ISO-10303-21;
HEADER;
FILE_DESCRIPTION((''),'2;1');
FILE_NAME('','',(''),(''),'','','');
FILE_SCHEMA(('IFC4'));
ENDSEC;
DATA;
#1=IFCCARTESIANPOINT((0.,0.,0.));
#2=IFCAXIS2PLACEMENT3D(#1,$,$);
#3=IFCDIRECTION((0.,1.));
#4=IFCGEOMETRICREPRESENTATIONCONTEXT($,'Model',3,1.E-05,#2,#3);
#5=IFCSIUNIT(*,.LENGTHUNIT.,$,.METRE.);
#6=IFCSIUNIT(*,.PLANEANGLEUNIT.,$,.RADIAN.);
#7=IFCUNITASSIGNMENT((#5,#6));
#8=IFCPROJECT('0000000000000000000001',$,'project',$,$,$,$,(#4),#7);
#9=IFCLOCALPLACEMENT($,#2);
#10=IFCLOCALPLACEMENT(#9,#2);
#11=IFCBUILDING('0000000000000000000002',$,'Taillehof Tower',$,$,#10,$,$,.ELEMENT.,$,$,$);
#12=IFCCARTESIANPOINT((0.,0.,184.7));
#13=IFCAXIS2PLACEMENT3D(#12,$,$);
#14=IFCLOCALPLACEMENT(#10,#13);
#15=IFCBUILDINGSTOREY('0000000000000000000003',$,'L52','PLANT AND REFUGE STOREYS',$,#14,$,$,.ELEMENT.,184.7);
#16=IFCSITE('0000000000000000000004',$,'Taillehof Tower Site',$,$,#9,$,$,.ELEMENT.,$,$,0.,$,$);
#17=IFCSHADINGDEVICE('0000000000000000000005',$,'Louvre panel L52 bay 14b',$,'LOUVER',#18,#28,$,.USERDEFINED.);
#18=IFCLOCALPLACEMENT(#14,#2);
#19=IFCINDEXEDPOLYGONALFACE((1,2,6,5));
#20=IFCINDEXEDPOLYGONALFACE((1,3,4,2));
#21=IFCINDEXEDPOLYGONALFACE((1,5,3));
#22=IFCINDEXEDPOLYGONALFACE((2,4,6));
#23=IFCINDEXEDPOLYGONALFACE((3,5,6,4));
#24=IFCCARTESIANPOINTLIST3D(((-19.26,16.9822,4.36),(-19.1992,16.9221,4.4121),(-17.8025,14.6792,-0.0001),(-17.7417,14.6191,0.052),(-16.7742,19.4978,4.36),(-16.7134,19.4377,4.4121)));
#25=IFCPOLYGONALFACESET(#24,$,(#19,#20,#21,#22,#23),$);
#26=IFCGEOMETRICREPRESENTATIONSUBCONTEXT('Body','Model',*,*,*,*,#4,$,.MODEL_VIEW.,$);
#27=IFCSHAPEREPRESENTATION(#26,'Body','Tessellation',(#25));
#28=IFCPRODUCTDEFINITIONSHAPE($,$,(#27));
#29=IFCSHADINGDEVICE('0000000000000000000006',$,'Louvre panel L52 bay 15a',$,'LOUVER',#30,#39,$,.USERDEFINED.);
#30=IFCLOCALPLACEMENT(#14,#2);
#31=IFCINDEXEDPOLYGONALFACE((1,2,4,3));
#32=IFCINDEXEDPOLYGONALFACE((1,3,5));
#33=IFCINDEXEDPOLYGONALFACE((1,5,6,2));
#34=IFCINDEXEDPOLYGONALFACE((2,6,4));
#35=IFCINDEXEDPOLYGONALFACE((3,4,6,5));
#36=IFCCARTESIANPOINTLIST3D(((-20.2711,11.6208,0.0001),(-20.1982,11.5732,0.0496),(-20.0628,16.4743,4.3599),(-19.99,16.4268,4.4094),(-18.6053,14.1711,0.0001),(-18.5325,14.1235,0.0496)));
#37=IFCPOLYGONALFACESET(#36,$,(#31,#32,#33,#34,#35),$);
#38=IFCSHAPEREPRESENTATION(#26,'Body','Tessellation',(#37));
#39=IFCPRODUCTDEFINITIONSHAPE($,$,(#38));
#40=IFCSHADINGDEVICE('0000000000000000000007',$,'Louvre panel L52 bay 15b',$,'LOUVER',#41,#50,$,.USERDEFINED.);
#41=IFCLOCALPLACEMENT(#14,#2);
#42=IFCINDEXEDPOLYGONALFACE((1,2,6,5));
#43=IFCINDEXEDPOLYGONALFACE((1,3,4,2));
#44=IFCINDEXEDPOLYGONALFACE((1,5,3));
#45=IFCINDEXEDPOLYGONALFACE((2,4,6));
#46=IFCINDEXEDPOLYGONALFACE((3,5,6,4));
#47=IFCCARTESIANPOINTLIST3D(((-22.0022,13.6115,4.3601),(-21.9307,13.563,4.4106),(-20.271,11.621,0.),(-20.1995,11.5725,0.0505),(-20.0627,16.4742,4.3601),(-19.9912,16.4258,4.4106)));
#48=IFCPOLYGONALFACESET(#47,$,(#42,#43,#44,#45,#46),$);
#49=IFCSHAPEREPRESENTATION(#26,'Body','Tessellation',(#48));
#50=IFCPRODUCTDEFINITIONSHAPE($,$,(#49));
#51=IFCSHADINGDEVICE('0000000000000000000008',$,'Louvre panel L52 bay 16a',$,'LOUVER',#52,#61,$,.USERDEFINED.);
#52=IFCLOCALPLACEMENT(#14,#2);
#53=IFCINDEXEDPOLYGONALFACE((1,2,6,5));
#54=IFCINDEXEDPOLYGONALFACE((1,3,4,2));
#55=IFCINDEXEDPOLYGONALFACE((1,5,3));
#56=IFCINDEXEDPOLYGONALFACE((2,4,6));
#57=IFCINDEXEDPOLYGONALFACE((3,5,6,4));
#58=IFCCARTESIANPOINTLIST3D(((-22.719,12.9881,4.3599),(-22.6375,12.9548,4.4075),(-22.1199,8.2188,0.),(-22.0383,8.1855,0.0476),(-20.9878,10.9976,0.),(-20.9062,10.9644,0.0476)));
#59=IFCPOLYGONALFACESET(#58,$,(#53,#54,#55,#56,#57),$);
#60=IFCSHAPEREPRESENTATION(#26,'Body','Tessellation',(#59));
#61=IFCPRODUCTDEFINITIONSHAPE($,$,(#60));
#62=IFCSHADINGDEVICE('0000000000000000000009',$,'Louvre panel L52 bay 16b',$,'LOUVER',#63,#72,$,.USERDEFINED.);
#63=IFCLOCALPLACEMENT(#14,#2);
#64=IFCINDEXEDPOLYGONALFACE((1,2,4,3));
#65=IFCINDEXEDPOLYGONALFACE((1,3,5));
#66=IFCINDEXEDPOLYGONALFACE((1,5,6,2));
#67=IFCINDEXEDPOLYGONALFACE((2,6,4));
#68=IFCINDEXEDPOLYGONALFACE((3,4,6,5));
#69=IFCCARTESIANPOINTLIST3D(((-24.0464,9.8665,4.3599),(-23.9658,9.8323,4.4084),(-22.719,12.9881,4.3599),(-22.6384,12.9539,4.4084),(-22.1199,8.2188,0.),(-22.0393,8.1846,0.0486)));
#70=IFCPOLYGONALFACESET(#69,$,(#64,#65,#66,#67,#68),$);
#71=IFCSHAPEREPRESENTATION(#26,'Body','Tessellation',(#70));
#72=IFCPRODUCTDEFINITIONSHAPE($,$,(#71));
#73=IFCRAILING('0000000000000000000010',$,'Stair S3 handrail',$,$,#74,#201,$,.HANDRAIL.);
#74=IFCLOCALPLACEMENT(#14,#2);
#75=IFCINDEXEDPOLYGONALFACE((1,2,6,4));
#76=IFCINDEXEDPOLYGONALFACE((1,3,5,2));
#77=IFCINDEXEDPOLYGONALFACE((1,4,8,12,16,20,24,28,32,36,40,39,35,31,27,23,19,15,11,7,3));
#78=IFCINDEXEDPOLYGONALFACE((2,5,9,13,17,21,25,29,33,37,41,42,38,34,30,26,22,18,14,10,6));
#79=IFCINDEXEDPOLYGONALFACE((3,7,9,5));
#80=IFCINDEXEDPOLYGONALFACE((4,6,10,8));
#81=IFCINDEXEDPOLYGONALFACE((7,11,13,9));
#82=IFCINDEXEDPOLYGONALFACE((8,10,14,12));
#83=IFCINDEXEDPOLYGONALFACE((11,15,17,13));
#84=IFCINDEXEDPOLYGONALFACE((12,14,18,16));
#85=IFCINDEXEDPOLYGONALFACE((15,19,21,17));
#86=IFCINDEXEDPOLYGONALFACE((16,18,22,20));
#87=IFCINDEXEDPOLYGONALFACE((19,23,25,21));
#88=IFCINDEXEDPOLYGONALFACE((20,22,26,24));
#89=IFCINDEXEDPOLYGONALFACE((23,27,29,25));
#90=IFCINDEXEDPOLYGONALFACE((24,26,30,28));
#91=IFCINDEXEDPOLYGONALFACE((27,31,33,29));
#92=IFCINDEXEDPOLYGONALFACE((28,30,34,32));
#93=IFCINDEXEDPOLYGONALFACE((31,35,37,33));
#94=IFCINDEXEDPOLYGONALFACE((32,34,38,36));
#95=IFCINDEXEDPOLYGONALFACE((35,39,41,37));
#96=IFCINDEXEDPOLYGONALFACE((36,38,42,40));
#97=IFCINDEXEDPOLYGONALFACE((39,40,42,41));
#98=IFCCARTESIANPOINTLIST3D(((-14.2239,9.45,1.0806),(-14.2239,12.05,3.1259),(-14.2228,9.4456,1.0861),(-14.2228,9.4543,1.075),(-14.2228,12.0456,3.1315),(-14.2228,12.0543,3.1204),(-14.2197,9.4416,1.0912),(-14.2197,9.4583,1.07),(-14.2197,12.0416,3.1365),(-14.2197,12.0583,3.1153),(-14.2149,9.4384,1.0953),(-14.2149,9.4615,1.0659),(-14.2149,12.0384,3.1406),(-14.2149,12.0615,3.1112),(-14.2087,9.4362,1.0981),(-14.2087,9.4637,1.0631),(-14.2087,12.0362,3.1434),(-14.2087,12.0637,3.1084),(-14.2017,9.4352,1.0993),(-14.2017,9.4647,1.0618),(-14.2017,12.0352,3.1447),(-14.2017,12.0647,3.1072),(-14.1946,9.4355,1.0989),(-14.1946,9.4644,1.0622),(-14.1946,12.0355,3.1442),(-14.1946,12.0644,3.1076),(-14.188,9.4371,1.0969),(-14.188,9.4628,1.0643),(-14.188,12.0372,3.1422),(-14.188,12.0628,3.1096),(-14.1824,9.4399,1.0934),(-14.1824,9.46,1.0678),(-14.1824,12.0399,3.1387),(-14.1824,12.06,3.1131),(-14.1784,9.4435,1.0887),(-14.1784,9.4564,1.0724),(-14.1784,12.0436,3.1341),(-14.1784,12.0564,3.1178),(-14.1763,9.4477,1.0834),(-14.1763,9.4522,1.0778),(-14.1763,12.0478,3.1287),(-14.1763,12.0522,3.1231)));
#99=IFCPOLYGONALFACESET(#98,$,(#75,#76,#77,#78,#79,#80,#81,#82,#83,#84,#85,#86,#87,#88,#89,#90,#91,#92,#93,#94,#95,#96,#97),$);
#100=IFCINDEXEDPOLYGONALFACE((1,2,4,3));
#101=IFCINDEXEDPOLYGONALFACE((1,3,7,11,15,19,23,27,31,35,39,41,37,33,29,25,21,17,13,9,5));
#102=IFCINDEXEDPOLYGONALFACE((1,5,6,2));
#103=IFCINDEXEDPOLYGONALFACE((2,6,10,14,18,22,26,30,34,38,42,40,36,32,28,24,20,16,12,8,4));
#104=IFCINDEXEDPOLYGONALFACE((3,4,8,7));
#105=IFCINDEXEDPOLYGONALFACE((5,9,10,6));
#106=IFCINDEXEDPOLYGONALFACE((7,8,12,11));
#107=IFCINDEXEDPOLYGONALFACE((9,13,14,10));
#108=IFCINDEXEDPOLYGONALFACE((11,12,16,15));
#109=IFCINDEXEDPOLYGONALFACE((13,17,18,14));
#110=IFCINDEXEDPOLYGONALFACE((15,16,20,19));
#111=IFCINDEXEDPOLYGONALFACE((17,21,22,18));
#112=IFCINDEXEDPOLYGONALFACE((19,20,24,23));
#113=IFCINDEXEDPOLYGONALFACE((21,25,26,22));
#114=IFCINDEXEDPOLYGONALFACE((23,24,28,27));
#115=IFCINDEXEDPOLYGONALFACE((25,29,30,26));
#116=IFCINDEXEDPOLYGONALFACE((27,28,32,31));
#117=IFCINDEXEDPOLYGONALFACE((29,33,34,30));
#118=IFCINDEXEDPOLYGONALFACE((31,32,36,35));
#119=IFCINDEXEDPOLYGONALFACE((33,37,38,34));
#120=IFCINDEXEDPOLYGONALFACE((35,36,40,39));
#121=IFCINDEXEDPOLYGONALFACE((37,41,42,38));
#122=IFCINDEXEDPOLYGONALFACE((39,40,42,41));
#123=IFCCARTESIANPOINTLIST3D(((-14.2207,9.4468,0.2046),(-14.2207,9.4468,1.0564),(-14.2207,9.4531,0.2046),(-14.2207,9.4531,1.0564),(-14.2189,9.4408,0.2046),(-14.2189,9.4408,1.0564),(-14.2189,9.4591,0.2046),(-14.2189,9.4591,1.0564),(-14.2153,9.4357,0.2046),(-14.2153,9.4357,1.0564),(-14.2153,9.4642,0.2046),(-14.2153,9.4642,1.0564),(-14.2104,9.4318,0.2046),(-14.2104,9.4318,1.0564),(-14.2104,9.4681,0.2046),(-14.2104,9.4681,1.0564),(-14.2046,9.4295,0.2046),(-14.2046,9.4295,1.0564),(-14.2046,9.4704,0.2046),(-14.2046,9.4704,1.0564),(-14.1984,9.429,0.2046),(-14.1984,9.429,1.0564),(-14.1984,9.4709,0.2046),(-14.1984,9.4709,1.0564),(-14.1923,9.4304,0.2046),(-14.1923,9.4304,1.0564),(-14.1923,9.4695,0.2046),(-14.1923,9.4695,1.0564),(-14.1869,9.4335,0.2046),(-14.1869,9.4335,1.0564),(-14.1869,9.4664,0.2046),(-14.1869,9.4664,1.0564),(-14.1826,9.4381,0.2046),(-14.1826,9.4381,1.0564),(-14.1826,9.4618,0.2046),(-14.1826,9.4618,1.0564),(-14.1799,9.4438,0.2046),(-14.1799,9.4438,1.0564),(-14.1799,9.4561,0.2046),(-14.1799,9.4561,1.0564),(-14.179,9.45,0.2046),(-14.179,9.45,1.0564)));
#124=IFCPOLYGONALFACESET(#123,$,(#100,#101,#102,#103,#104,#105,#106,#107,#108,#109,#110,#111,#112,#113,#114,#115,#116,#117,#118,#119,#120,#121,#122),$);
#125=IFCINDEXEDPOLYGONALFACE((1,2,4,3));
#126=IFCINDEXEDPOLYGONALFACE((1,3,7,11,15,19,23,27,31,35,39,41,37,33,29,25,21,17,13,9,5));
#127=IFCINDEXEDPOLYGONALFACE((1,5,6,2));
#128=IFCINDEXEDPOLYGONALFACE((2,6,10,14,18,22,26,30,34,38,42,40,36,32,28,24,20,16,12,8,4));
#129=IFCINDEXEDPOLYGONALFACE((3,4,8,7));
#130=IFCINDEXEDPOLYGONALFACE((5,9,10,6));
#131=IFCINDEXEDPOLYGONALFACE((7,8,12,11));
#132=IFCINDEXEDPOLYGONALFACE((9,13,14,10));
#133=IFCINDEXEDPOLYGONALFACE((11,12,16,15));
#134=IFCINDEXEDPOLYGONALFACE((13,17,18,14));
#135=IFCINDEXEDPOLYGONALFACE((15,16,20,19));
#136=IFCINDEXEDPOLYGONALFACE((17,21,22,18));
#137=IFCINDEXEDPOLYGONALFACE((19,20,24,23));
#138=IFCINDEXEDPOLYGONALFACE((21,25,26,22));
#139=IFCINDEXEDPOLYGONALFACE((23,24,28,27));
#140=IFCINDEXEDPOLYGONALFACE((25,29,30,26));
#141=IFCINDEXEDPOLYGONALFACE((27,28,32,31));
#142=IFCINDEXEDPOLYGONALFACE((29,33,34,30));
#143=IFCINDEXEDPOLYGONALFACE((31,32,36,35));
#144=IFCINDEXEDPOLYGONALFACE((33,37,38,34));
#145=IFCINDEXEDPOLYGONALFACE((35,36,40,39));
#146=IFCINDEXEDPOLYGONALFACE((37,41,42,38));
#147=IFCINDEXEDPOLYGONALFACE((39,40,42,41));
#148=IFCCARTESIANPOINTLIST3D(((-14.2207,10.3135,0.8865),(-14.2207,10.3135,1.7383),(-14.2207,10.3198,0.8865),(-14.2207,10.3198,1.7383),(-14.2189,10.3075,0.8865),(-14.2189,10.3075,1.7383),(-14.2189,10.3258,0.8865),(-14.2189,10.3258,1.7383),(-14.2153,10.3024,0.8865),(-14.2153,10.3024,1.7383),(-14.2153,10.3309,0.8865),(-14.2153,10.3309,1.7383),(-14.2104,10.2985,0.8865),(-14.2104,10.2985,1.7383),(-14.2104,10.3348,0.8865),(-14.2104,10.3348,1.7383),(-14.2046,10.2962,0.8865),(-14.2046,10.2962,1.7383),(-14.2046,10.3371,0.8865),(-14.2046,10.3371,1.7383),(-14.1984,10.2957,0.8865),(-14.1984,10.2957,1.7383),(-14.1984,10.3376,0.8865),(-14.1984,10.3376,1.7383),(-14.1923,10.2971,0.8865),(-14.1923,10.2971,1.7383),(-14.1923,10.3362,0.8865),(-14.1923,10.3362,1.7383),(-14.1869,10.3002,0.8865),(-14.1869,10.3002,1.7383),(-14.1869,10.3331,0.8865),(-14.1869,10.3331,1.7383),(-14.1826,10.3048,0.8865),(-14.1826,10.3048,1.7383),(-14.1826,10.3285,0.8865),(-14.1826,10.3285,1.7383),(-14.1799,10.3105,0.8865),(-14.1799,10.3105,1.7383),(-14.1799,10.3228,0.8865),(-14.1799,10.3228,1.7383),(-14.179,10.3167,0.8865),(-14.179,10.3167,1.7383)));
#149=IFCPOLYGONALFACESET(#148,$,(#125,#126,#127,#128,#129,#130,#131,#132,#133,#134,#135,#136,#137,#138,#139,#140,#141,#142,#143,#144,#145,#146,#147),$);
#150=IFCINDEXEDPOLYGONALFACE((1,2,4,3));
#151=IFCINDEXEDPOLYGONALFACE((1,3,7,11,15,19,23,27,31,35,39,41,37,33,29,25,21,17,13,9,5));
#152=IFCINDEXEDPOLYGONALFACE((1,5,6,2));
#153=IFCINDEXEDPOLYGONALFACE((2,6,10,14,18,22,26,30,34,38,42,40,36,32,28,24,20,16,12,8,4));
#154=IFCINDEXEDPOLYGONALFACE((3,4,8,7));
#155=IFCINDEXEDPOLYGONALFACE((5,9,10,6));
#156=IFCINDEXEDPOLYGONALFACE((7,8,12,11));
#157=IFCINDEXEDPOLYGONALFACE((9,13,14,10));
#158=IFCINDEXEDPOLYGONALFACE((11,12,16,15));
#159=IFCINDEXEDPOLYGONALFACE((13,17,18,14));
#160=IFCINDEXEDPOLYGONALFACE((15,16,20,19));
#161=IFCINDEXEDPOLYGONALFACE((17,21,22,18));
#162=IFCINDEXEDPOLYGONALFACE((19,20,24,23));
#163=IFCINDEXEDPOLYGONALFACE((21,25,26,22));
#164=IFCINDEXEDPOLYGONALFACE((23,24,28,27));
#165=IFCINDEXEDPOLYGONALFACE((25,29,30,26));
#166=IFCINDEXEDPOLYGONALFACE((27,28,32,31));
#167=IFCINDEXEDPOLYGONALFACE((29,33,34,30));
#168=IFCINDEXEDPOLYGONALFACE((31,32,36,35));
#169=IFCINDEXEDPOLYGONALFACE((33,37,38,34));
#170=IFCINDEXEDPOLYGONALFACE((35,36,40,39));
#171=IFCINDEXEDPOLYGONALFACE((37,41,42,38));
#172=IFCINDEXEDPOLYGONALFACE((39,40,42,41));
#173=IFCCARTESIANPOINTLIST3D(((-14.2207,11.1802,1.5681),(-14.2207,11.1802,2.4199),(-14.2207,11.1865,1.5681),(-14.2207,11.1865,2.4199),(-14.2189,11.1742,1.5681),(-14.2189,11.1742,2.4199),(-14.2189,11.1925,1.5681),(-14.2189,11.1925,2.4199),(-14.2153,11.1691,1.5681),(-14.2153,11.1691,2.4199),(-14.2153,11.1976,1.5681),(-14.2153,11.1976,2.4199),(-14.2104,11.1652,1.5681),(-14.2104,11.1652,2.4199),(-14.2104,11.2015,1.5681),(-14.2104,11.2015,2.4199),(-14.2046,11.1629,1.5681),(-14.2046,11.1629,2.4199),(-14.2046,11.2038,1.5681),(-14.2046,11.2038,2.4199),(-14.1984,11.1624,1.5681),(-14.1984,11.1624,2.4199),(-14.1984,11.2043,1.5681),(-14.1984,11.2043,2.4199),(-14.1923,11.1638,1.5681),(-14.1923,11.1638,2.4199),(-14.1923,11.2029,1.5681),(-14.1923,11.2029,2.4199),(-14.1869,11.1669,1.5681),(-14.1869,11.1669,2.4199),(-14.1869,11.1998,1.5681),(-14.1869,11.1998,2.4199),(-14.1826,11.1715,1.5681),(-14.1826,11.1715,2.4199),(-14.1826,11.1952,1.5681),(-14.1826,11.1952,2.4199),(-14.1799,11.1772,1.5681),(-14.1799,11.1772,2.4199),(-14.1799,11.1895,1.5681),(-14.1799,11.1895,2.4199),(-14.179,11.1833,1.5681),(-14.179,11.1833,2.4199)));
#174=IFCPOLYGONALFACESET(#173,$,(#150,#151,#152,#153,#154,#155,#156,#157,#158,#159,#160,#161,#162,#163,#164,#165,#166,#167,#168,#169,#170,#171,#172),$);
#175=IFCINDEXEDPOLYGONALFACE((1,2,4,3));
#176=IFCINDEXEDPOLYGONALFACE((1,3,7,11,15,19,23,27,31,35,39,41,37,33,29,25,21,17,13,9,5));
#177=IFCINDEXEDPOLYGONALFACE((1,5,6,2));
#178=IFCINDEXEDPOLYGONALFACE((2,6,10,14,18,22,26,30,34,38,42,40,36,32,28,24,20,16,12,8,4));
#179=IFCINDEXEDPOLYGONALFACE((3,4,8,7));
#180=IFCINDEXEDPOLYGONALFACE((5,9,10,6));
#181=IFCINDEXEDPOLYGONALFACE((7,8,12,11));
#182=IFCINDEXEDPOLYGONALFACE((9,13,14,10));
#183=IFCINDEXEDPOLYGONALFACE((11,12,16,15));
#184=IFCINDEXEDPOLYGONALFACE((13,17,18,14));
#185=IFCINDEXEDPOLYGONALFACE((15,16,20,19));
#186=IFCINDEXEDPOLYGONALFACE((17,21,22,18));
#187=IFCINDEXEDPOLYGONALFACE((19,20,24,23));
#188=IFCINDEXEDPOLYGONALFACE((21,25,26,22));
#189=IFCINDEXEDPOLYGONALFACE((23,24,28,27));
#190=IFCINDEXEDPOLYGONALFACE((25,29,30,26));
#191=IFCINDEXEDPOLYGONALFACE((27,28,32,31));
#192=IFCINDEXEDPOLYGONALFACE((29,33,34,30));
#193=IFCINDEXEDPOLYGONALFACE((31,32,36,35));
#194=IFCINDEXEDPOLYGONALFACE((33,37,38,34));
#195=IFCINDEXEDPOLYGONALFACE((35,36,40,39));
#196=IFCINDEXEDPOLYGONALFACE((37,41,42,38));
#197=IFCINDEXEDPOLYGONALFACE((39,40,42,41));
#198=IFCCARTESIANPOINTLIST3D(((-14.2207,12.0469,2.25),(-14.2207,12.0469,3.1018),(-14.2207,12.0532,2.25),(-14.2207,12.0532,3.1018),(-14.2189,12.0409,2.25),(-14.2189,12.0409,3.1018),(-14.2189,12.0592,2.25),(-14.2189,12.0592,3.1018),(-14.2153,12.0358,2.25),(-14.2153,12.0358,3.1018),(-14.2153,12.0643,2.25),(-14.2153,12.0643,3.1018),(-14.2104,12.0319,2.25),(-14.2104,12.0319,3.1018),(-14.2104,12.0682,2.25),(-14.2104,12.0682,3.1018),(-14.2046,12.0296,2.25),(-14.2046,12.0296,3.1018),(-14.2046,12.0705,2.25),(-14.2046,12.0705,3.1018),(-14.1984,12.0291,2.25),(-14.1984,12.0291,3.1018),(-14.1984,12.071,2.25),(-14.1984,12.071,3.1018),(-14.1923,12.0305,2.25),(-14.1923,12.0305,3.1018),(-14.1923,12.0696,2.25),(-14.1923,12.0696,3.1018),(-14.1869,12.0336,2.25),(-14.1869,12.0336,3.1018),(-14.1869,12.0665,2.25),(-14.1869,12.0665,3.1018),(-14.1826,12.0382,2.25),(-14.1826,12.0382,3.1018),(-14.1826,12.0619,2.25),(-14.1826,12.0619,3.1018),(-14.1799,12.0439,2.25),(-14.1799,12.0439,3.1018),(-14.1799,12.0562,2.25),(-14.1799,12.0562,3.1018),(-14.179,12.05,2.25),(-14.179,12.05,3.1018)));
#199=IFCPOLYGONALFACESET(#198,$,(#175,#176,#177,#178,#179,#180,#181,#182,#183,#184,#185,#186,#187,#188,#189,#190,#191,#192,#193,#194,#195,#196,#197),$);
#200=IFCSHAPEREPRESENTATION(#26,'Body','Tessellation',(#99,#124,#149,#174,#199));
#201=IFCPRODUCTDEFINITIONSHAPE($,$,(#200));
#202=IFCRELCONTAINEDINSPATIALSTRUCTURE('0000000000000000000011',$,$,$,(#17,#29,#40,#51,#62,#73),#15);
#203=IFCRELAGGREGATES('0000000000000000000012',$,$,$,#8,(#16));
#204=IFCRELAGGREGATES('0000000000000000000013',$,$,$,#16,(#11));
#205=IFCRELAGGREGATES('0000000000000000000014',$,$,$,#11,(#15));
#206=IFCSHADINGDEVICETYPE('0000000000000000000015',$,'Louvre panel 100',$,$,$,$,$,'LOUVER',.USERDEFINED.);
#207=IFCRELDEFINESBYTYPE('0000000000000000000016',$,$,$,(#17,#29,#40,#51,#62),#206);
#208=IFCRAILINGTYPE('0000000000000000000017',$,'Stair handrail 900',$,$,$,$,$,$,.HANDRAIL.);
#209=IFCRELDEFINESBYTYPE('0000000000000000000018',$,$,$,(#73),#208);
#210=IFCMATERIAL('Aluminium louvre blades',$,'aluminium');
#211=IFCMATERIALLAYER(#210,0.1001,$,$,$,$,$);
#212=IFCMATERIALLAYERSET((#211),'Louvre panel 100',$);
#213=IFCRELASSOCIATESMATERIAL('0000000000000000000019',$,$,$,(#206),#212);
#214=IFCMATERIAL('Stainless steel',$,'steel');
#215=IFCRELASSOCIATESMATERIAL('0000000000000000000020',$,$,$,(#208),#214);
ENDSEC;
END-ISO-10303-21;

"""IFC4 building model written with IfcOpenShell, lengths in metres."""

from ifc_helpers import new_model, si_unit, direction, frame, origin, origin_2d, place, context, subcontext, project, spatial, polyline, circle, outline, extrude, material, layer, layer_set, type_object, element, save


model = new_model("IFC4")

# Units and contexts
model_context = context("Model", 3, precision=1e-05, world=origin(), true_north=direction((0.0, 1.0)))
body_context = subcontext(model_context, "Body", "Model", "MODEL_VIEW")
ifc_project = project(units=[si_unit("LENGTHUNIT", "METRE"), si_unit("PLANEANGLEUNIT", "RADIAN")], contexts=[model_context])

# Site, building, storey
site_placement = place(None, origin())
site = spatial("IfcSite", under=ifc_project, at=site_placement, Name="Taillehof Tower Site", CompositionType="ELEMENT", RefElevation=0.0)
building_placement = place(site_placement, origin())
building = spatial("IfcBuilding", under=site, at=building_placement, Name="Taillehof Tower", CompositionType="ELEMENT")
storey_placement = place(building_placement, frame((0.0, 0.0, 184.7)))
storey = spatial("IfcBuildingStorey", under=building, at=storey_placement, Name="L52", Description="PLANT AND REFUGE STOREYS", CompositionType="ELEMENT", Elevation=184.7)

# Shading devices
ifc_material_1 = material(Name="Aluminium louvre blades", Category="aluminium")
ifc_layer_1 = layer(ifc_material_1, 0.1001)
ifc_layer_set_1 = layer_set([ifc_layer_1], Name="Louvre panel 100")
shading_device_type = type_object("IfcShadingDeviceType", Name="Louvre panel 100", ElementType="LOUVER", PredefinedType="USERDEFINED", material=ifc_layer_set_1)
shading_device_1_placement = place(storey_placement, frame((-17.7417, 14.6191, 0.052), z_axis=(0.607504, -0.600311, 0.52016), x_axis=(-0.283462, 0.447889, 0.847965)))
element("IfcShadingDevice", 1, at=shading_device_1_placement, inside=storey, type_object=shading_device_type, Name="Louvre panel L52 bay 14b", ObjectType="LOUVER", PredefinedType="USERDEFINED", context=body_context, shape_type="SweptSolid", body=[
    extrude(outline(polyline([(0.0, 0.0), (5.1418, 0.0), (5.5639, -3.5114), (0.0, 0.0)])), origin(), (0.0, 0.0, -1.0), 0.1001),
])
shading_device_2_placement = place(storey_placement, frame((-18.5325, 14.1235, 0.0496), z_axis=(0.727748, -0.475342, 0.494402), x_axis=(-0.546852, -0.837229, 0.0)))
element("IfcShadingDevice", 2, at=shading_device_2_placement, inside=storey, type_object=shading_device_type, Name="Louvre panel L52 bay 15a", ObjectType="LOUVER", PredefinedType="USERDEFINED", context=body_context, shape_type="SweptSolid", body=[
    extrude(outline(polyline([(0.0, 0.0), (3.0461, 0.0), (-1.1313, -5.0158), (0.0, 0.0)])), origin(), (0.0, 0.0, -1.0), 0.1001),
])
shading_device_3_placement = place(storey_placement, frame((-20.1995, 11.5725, 0.0505), z_axis=(0.714674, -0.484169, 0.504798), x_axis=(-0.339715, 0.390593, 0.855588)))
element("IfcShadingDevice", 3, at=shading_device_3_placement, inside=storey, type_object=shading_device_type, Name="Louvre panel L52 bay 15b", ObjectType="LOUVER", PredefinedType="USERDEFINED", context=body_context, shape_type="SweptSolid", body=[
    extrude(outline(polyline([(0.0, 0.0), (5.096, 0.0), (5.5554, -3.4273), (0.0, 0.0)])), origin(), (0.0, 0.0, -1.0), 0.1001),
])
shading_device_4_placement = place(storey_placement, frame((-20.9062, 10.9644, 0.0476), z_axis=(0.814883, -0.331981, 0.475136), x_axis=(-0.377289, -0.926096, 0.0)))
element("IfcShadingDevice", 4, at=shading_device_4_placement, inside=storey, type_object=shading_device_type, Name="Louvre panel L52 bay 16a", ObjectType="LOUVER", PredefinedType="USERDEFINED", context=body_context, shape_type="SweptSolid", body=[
    extrude(outline(polyline([(0.0, 0.0), (3.0006, 0.0), (-1.1902, -4.9549), (0.0, 0.0)])), origin(), (0.0, 0.0, -1.0), 0.1001),
])
shading_device_5_placement = place(storey_placement, frame((-22.0393, 8.1846, 0.0486), z_axis=(0.804798, -0.342225, 0.484956), x_axis=(-0.381995, 0.326712, 0.864488)))
element("IfcShadingDevice", 5, at=shading_device_5_placement, inside=storey, type_object=shading_device_type, Name="Louvre panel L52 bay 16b", ObjectType="LOUVER", PredefinedType="USERDEFINED", context=body_context, shape_type="SweptSolid", body=[
    extrude(outline(polyline([(0.0, 0.0), (5.0433, 0.0), (5.5561, -3.3531), (0.0, 0.0)])), origin(), (0.0, 0.0, -1.0), 0.1001),
])

# Railing
ifc_material_2 = material(Name="Stainless steel", Category="steel")
railing_type = type_object("IfcRailingType", Name="Stair handrail 900", PredefinedType="HANDRAIL", material=ifc_material_2)
railing_placement = place(storey_placement, frame((-14.2, 9.45, 0.2046)))
element("IfcRailing", 6, at=railing_placement, inside=storey, type_object=railing_type, Name="Stair S3 handrail", PredefinedType="HANDRAIL", context=body_context, shape_type="SweptSolid", body=[
    extrude(circle(Radius=0.0239, at=origin_2d()), frame((0.0, 0.0, 0.876), z_axis=(0.0, 0.785955, 0.618284), x_axis=(-1.0, 0.0, 0.0)), (0.0, 0.0, 1.0), 3.3081),
    extrude(circle(Radius=0.021, at=origin_2d()), origin(), (0.0, 0.0, 1.0), 0.8518),
    extrude(circle(Radius=0.021, at=origin_2d()), frame((0.0, 0.8667, 0.6819)), (0.0, 0.0, 1.0), 0.8518),
    extrude(circle(Radius=0.021, at=origin_2d()), frame((0.0, 1.7334, 1.3635)), (0.0, 0.0, 1.0), 0.8518),
    extrude(circle(Radius=0.021, at=origin_2d()), frame((0.0, 2.6001, 2.0454)), (0.0, 0.0, 1.0), 0.8518),
])

save(model, "model.ifc")
